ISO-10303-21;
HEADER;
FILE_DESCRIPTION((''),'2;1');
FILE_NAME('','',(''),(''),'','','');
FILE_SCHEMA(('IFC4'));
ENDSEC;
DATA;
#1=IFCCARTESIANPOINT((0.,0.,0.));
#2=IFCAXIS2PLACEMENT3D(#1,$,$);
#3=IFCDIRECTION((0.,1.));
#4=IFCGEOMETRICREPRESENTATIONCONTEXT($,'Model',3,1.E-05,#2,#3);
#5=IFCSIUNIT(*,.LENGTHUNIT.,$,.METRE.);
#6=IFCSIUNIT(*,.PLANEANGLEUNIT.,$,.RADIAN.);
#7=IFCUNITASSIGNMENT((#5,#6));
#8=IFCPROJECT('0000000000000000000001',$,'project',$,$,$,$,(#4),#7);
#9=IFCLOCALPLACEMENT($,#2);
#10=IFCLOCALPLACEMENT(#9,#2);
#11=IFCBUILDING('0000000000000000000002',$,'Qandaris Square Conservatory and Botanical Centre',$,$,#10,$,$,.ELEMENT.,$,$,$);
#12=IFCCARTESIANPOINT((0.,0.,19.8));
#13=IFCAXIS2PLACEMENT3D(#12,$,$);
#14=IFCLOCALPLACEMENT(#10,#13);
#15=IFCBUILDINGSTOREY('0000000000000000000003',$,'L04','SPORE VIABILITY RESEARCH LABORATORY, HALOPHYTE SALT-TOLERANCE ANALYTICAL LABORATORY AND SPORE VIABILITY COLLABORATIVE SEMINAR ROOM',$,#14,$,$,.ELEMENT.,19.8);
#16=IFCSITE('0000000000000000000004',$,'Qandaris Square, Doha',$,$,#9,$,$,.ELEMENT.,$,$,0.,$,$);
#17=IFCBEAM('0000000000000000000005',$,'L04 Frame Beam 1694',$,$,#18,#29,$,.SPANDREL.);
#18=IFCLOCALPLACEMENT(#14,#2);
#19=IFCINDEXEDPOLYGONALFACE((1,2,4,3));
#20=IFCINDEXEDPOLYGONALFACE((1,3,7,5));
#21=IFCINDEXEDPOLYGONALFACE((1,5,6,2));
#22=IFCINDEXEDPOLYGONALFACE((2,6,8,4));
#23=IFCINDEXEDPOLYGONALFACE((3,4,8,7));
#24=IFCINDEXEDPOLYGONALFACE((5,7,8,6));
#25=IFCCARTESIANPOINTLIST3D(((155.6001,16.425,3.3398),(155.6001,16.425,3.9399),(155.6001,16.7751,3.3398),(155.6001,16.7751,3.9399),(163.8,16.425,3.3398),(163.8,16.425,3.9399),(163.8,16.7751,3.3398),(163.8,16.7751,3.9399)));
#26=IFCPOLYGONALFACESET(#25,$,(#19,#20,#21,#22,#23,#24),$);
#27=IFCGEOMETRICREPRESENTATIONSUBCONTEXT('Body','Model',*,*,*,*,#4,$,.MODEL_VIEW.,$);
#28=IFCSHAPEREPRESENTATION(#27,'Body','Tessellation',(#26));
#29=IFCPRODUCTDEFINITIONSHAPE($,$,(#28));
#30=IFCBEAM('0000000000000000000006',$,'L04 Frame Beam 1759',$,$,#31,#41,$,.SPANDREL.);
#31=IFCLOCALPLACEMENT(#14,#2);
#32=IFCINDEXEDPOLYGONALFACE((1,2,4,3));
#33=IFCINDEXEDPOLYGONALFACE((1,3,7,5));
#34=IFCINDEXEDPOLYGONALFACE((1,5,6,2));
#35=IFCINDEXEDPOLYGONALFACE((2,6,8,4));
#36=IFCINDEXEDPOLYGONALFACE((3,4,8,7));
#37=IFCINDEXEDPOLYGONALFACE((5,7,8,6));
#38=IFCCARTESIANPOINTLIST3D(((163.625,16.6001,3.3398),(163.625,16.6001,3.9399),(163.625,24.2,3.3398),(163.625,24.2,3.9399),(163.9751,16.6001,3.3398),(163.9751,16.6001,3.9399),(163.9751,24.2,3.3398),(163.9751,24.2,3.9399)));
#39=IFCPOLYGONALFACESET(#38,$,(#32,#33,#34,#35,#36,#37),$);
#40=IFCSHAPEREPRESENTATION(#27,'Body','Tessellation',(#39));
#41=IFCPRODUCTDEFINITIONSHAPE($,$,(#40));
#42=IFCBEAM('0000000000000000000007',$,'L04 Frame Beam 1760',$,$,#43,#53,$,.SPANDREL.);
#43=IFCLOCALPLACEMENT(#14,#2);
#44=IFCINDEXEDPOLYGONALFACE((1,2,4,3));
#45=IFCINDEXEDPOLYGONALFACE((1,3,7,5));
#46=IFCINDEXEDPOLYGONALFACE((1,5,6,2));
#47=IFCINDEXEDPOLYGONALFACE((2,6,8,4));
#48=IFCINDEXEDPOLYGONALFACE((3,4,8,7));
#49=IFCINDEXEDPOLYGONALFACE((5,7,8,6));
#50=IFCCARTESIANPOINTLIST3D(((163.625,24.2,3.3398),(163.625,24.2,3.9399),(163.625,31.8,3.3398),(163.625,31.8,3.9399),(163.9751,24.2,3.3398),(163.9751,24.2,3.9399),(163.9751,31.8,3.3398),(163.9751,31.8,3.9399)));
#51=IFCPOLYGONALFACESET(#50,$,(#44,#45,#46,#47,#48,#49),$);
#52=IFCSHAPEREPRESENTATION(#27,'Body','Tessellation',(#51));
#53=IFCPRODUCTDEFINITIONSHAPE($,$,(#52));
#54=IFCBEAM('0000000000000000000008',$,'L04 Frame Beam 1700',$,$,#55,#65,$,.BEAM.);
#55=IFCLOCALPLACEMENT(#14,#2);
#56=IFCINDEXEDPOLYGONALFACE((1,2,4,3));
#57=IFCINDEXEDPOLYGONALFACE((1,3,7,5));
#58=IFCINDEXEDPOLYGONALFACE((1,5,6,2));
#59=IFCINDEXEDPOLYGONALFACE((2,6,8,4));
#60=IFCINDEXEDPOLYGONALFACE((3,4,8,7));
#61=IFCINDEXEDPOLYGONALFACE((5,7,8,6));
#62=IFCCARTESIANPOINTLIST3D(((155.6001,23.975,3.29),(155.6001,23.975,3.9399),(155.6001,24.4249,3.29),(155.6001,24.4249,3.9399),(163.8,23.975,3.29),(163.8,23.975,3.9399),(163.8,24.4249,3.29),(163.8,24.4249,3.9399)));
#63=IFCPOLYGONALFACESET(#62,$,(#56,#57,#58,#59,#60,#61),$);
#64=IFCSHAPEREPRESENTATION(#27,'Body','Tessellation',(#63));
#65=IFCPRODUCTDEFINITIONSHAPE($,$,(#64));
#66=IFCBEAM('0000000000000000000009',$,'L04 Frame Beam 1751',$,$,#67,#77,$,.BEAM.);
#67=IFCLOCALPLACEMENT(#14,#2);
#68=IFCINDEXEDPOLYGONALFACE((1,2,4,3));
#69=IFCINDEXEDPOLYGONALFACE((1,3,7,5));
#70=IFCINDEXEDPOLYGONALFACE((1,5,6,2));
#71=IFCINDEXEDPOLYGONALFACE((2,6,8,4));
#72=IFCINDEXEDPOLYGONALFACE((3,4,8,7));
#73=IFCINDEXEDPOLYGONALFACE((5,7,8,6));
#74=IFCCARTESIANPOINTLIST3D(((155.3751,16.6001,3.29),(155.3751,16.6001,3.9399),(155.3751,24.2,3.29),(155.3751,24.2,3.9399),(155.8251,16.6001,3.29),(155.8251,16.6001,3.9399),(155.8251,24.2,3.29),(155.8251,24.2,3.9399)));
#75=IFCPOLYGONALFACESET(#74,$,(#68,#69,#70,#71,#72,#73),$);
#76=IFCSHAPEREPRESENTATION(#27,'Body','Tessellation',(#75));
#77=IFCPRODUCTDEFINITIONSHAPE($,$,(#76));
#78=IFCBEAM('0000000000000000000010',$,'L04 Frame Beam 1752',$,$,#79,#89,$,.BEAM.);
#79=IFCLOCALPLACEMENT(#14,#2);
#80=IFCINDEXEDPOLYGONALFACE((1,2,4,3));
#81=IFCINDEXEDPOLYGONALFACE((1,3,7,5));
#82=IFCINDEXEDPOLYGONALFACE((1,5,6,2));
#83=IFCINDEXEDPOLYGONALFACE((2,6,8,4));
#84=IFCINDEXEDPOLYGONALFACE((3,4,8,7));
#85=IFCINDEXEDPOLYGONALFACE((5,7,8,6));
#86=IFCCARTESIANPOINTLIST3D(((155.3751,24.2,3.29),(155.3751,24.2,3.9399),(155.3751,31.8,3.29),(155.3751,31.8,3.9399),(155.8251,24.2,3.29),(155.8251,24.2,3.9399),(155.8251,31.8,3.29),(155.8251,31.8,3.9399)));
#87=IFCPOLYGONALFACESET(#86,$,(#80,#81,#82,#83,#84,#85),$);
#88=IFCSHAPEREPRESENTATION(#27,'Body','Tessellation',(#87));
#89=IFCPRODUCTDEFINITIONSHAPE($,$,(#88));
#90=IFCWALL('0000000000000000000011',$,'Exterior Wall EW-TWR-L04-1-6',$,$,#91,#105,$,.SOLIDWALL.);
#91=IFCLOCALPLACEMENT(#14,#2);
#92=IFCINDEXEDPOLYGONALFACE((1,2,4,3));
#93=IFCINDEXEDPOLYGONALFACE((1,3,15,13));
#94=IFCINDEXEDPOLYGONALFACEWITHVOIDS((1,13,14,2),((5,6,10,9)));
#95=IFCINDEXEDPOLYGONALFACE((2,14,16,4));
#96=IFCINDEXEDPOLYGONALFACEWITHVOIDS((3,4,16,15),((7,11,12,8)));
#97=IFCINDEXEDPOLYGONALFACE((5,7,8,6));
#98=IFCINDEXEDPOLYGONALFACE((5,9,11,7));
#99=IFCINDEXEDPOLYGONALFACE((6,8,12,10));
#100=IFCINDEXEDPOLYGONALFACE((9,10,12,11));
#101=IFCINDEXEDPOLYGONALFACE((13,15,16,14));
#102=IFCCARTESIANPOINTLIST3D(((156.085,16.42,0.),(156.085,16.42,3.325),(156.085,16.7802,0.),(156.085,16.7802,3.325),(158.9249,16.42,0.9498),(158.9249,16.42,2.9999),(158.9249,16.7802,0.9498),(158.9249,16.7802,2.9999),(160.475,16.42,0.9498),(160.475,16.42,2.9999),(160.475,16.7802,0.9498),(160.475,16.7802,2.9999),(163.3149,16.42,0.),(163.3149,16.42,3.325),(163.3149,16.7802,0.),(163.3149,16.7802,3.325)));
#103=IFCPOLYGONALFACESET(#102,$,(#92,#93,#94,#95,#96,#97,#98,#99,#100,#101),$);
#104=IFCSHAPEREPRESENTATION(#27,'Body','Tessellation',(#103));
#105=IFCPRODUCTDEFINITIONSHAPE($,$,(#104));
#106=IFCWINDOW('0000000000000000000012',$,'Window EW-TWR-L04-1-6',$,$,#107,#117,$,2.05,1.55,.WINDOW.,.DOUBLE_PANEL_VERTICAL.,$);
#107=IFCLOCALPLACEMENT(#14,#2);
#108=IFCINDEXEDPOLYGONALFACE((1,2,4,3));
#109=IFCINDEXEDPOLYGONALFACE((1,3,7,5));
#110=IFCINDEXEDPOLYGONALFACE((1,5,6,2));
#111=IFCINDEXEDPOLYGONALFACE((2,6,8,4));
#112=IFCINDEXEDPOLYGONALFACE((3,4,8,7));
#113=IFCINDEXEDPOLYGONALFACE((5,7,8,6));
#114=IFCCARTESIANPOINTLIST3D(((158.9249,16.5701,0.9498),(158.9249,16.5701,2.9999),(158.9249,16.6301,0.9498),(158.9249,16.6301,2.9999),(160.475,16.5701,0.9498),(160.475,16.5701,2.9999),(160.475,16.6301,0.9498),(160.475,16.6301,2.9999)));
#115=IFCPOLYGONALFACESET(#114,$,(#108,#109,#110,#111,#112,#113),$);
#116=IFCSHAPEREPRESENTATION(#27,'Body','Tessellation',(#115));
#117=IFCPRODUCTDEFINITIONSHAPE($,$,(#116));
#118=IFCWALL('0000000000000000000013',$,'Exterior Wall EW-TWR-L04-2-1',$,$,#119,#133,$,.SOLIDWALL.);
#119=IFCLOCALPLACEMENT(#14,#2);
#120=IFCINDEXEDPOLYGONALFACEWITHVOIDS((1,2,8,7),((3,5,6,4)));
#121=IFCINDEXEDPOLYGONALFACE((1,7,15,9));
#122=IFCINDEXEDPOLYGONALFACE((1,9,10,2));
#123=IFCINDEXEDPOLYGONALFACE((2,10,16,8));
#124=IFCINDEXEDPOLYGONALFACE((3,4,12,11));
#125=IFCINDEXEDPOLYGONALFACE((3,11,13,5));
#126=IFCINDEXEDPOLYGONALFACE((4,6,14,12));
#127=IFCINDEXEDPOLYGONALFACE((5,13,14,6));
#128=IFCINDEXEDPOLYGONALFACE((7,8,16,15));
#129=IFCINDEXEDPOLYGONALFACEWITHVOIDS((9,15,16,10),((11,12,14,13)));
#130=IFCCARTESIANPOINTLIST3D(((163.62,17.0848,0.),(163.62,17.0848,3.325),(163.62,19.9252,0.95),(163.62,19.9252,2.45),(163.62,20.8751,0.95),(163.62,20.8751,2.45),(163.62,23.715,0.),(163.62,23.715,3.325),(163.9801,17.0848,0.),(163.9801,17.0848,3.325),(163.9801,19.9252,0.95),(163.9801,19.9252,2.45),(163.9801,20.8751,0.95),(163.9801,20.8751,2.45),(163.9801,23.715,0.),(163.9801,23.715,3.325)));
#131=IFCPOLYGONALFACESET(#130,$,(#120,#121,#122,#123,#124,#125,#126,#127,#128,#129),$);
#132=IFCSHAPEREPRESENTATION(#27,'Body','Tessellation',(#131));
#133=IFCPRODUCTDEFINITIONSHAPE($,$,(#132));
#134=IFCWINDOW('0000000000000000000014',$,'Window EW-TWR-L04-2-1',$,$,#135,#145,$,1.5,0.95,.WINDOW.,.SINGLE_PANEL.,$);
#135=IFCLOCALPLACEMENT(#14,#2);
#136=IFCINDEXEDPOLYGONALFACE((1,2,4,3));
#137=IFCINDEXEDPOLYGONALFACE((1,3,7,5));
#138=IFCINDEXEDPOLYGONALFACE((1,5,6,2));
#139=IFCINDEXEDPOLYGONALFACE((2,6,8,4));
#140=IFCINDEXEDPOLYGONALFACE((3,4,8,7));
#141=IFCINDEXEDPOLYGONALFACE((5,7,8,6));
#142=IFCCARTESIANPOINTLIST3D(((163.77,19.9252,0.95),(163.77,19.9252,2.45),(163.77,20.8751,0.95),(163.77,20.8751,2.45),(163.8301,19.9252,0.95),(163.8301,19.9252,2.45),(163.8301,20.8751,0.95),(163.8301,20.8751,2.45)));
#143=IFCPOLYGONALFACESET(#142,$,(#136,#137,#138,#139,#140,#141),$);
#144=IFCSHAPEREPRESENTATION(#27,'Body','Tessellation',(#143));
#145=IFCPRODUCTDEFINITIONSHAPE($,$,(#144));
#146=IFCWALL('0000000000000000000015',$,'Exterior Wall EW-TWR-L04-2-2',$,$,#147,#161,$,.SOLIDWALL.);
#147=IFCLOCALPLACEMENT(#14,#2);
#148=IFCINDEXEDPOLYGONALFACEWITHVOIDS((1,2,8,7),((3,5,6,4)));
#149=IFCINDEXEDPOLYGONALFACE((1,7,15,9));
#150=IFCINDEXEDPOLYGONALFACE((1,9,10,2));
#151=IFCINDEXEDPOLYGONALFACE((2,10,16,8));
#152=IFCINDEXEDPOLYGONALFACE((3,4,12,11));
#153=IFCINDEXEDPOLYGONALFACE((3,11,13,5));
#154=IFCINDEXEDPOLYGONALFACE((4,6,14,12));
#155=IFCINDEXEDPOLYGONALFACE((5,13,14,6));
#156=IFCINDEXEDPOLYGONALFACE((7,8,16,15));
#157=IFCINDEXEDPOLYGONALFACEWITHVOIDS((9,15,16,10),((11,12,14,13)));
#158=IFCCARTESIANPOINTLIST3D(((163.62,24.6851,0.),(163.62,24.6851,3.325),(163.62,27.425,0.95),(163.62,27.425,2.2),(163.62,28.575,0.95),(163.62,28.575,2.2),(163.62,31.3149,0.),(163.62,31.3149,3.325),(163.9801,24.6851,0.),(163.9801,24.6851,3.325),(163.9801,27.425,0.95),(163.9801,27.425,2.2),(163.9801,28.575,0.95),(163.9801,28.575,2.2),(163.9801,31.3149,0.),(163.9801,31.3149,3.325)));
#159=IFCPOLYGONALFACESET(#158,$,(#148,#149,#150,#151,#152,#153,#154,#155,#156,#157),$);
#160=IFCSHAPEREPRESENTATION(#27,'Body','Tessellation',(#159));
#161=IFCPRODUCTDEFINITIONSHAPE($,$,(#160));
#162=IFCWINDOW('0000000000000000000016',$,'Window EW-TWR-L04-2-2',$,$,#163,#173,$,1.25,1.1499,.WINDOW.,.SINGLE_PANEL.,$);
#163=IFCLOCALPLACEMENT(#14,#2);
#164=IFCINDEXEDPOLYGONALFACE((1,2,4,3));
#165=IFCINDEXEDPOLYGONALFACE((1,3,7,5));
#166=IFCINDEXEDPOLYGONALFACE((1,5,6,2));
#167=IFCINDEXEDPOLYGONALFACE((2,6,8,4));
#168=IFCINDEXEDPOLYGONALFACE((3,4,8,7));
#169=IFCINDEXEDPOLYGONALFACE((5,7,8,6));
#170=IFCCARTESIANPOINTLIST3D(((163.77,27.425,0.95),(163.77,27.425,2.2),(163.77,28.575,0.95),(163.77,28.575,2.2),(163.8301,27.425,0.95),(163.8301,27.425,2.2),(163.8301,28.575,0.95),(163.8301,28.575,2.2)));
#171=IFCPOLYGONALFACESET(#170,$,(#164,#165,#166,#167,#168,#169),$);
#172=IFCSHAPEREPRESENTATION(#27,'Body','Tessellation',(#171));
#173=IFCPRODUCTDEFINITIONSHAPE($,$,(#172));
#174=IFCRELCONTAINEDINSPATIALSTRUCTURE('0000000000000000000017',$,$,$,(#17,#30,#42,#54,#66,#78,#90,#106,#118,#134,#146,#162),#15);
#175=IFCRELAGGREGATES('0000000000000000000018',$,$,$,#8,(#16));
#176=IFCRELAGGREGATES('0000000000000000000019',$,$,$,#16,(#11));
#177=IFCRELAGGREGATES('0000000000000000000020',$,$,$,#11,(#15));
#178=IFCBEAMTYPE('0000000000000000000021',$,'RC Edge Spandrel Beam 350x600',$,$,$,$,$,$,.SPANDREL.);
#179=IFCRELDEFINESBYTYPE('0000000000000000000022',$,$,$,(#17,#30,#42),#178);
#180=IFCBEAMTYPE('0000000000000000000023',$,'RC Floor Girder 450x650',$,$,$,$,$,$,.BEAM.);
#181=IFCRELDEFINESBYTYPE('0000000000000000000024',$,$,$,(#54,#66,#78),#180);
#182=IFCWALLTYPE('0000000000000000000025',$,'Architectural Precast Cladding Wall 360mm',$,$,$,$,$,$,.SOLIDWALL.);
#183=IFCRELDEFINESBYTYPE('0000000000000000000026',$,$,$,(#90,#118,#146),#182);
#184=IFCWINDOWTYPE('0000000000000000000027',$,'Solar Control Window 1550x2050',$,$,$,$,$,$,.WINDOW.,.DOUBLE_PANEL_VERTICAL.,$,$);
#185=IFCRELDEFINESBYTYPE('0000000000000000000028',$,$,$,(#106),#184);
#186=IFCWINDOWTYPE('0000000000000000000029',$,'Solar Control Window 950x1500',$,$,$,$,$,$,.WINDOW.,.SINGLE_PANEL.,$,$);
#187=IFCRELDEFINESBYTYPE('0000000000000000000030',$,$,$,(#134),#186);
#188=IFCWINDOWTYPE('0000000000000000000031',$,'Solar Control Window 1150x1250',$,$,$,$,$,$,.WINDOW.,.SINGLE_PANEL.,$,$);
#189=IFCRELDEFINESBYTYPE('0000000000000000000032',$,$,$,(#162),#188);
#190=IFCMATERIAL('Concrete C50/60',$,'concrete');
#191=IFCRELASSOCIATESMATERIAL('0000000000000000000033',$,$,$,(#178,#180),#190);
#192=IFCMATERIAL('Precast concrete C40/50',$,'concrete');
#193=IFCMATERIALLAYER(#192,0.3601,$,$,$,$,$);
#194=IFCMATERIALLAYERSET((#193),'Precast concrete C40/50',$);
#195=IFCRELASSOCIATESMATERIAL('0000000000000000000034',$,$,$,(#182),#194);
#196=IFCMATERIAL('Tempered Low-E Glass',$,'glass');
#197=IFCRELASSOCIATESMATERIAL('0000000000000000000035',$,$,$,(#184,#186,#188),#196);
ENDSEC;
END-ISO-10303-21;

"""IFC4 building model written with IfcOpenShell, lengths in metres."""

from ifc_helpers import new_model, si_unit, direction, frame, frame_2d, origin, origin_2d, place, context, subcontext, project, spatial, rectangle, extrude, material, layer, layer_set, material_profile, profile_set, type_object, element, fill, save


model = new_model("IFC4")

# Units and contexts
model_context = context("Model", 3, precision=1e-05, world=origin(), true_north=direction((0.0, 1.0)))
body_context = subcontext(model_context, "Body", "Model", "MODEL_VIEW")
ifc_project = project(units=[si_unit("LENGTHUNIT", "METRE"), si_unit("PLANEANGLEUNIT", "RADIAN")], contexts=[model_context])

# Site, building, storey
site_placement = place(None, origin())
site = spatial("IfcSite", under=ifc_project, at=site_placement, Name="Qandaris Square, Doha", CompositionType="ELEMENT", RefElevation=0.0)
building_placement = place(site_placement, origin())
building = spatial("IfcBuilding", under=site, at=building_placement, Name="Qandaris Square Conservatory and Botanical Centre", CompositionType="ELEMENT")
storey_placement = place(building_placement, frame((0.0, 0.0, 19.8)))
storey = spatial("IfcBuildingStorey", under=building, at=storey_placement, Name="L04", Description="SPORE VIABILITY RESEARCH LABORATORY, HALOPHYTE SALT-TOLERANCE ANALYTICAL LABORATORY AND SPORE VIABILITY COLLABORATIVE SEMINAR ROOM", CompositionType="ELEMENT", Elevation=19.8)

# Shared definitions
ifc_material_1 = material(Name="Concrete C50/60", Category="concrete")

# Beams
ifc_material_profile_1 = material_profile(ifc_material_1, rectangle(XDim=0.3501, YDim=0.6001, at=origin_2d()), Name="RC-SP 350x600")
ifc_profile_set_1 = profile_set([ifc_material_profile_1], Name="Concrete C50/60")
beam_type_1 = type_object("IfcBeamType", Name="RC Edge Spandrel Beam 350x600", PredefinedType="SPANDREL", material=ifc_profile_set_1)
beam_1_placement = place(storey_placement, frame((155.6001, 16.6001, 3.6399), z_axis=(1.0, 0.0, 0.0), x_axis=(0.0, 1.0, 0.0)))
element("IfcBeam", 1, at=beam_1_placement, inside=storey, type_object=beam_type_1, Name="L04 Frame Beam 1694", PredefinedType="SPANDREL", context=body_context, shape_type="SweptSolid", body=[
    extrude(rectangle(XDim=0.3501, YDim=0.6001, at=origin_2d()), origin(), (0.0, 0.0, 1.0), 8.2),
])
beam_2_placement = place(storey_placement, frame((163.8, 16.6001, 3.6399), z_axis=(0.0, 1.0, 0.0), x_axis=(-1.0, 0.0, 0.0)))
element("IfcBeam", 2, at=beam_2_placement, inside=storey, type_object=beam_type_1, Name="L04 Frame Beam 1759", PredefinedType="SPANDREL", context=body_context, shape_type="SweptSolid", body=[
    extrude(rectangle(XDim=0.3501, YDim=0.6001, at=origin_2d()), origin(), (0.0, 0.0, 1.0), 7.5999),
])
beam_3_placement = place(storey_placement, frame((163.8, 24.2, 3.6399), z_axis=(0.0, 1.0, 0.0), x_axis=(-1.0, 0.0, 0.0)))
element("IfcBeam", 3, at=beam_3_placement, inside=storey, type_object=beam_type_1, Name="L04 Frame Beam 1760", PredefinedType="SPANDREL", context=body_context, shape_type="SweptSolid", body=[
    extrude(rectangle(XDim=0.3501, YDim=0.6001, at=origin_2d()), origin(), (0.0, 0.0, 1.0), 7.6001),
])
ifc_material_profile_2 = material_profile(ifc_material_1, rectangle(XDim=0.45, YDim=0.6499, at=origin_2d()), Name="RC-BM 450x650")
ifc_profile_set_2 = profile_set([ifc_material_profile_2], Name="Concrete C50/60")
beam_type_2 = type_object("IfcBeamType", Name="RC Floor Girder 450x650", PredefinedType="BEAM", material=ifc_profile_set_2)
beam_4_placement = place(storey_placement, frame((155.6001, 24.2, 3.615), z_axis=(1.0, 0.0, 0.0), x_axis=(0.0, 1.0, 0.0)))
element("IfcBeam", 4, at=beam_4_placement, inside=storey, type_object=beam_type_2, Name="L04 Frame Beam 1700", PredefinedType="BEAM", context=body_context, shape_type="SweptSolid", body=[
    extrude(rectangle(XDim=0.45, YDim=0.6499, at=origin_2d()), origin(), (0.0, 0.0, 1.0), 8.2),
])
beam_5_placement = place(storey_placement, frame((155.6001, 16.6001, 3.615), z_axis=(0.0, 1.0, 0.0), x_axis=(-1.0, 0.0, 0.0)))
element("IfcBeam", 5, at=beam_5_placement, inside=storey, type_object=beam_type_2, Name="L04 Frame Beam 1751", PredefinedType="BEAM", context=body_context, shape_type="SweptSolid", body=[
    extrude(rectangle(XDim=0.45, YDim=0.6499, at=origin_2d()), origin(), (0.0, 0.0, 1.0), 7.5999),
])
beam_6_placement = place(storey_placement, frame((155.6001, 24.2, 3.615), z_axis=(0.0, 1.0, 0.0), x_axis=(-1.0, 0.0, 0.0)))
element("IfcBeam", 6, at=beam_6_placement, inside=storey, type_object=beam_type_2, Name="L04 Frame Beam 1752", PredefinedType="BEAM", context=body_context, shape_type="SweptSolid", body=[
    extrude(rectangle(XDim=0.45, YDim=0.6499, at=origin_2d()), origin(), (0.0, 0.0, 1.0), 7.6001),
])

# Walls, openings, windows
ifc_material_2 = material(Name="Precast concrete C40/50", Category="concrete")
ifc_layer_1 = layer(ifc_material_2, 0.3601)
ifc_layer_set_1 = layer_set([ifc_layer_1], Name="Precast concrete C40/50")
wall_type_1 = type_object("IfcWallType", Name="Architectural Precast Cladding Wall 360mm", PredefinedType="SOLIDWALL", material=ifc_layer_set_1)
wall_1_placement = place(storey_placement, frame((156.085, 16.6001, 0.0), z_axis=(0.0, 0.0, 1.0), x_axis=(1.0, 0.0, 0.0)))
wall_1 = element("IfcWall", 7, at=wall_1_placement, inside=storey, type_object=wall_type_1, Name="Exterior Wall EW-TWR-L04-1-6", PredefinedType="SOLIDWALL", context=body_context, shape_type="SweptSolid", body=[
    extrude(rectangle(XDim=7.23, YDim=0.3601, at=frame_2d((3.615, 0.0))), origin(), (0.0, 0.0, 1.0), 3.325),
])
opening_1_placement = place(wall_1_placement, frame((2.8401, 0.0, 0.95)))
opening_1 = element("IfcOpeningElement", 8, at=opening_1_placement, cuts=wall_1, PredefinedType="OPENING", context=body_context, shape_type="SweptSolid", body=[
    extrude(rectangle(XDim=1.55, YDim=2.05, at=frame_2d((0.7749, 1.0249))), frame((0.0, 0.1919, 0.0), z_axis=(0.0, -1.0, 0.0), x_axis=(1.0, 0.0, 0.0)), (0.0, 0.0, 1.0), 0.384),
])
ifc_material_3 = material(Name="Tempered Low-E Glass", Category="glass")
window_type_1 = type_object("IfcWindowType", Name="Solar Control Window 1550x2050", PartitioningType="DOUBLE_PANEL_VERTICAL", PredefinedType="WINDOW", material=ifc_material_3)
window_1_placement = place(opening_1_placement, origin())
window_1 = element("IfcWindow", 9, at=window_1_placement, inside=storey, type_object=window_type_1, Name="Window EW-TWR-L04-1-6", OverallHeight=2.05, OverallWidth=1.55, PartitioningType="DOUBLE_PANEL_VERTICAL", PredefinedType="WINDOW", context=body_context, shape_type="SweptSolid", body=[
    extrude(rectangle(XDim=1.55, YDim=2.05, at=frame_2d((0.7749, 1.0249))), frame((0.0, 0.03, 0.0), z_axis=(0.0, -1.0, 0.0), x_axis=(1.0, 0.0, 0.0)), (0.0, 0.0, 1.0), 0.0601),
])
fill(opening_1, window_1)
wall_2_placement = place(storey_placement, frame((163.8, 17.085, 0.0), z_axis=(0.0, 0.0, 1.0), x_axis=(0.0, 1.0, 0.0)))
wall_2 = element("IfcWall", 10, at=wall_2_placement, inside=storey, type_object=wall_type_1, Name="Exterior Wall EW-TWR-L04-2-1", PredefinedType="SOLIDWALL", context=body_context, shape_type="SweptSolid", body=[
    extrude(rectangle(XDim=6.6301, YDim=0.3601, at=frame_2d((3.3149, 0.0))), origin(), (0.0, 0.0, 1.0), 3.325),
])
opening_2_placement = place(wall_2_placement, frame((2.8401, 0.0, 0.95)))
opening_2 = element("IfcOpeningElement", 11, at=opening_2_placement, cuts=wall_2, PredefinedType="OPENING", context=body_context, shape_type="SweptSolid", body=[
    extrude(rectangle(XDim=0.95, YDim=1.5, at=frame_2d((0.4751, 0.75))), frame((0.0, 0.1919, 0.0), z_axis=(0.0, -1.0, 0.0), x_axis=(1.0, 0.0, 0.0)), (0.0, 0.0, 1.0), 0.384),
])
window_type_2 = type_object("IfcWindowType", Name="Solar Control Window 950x1500", PartitioningType="SINGLE_PANEL", PredefinedType="WINDOW", material=ifc_material_3)
window_2_placement = place(opening_2_placement, origin())
window_2 = element("IfcWindow", 12, at=window_2_placement, inside=storey, type_object=window_type_2, Name="Window EW-TWR-L04-2-1", OverallHeight=1.5, OverallWidth=0.95, PartitioningType="SINGLE_PANEL", PredefinedType="WINDOW", context=body_context, shape_type="SweptSolid", body=[
    extrude(rectangle(XDim=0.95, YDim=1.5, at=frame_2d((0.4751, 0.75))), frame((0.0, 0.03, 0.0), z_axis=(0.0, -1.0, 0.0), x_axis=(1.0, 0.0, 0.0)), (0.0, 0.0, 1.0), 0.0601),
])
fill(opening_2, window_2)
wall_3_placement = place(storey_placement, frame((163.8, 24.6851, 0.0), z_axis=(0.0, 0.0, 1.0), x_axis=(0.0, 1.0, 0.0)))
wall_3 = element("IfcWall", 13, at=wall_3_placement, inside=storey, type_object=wall_type_1, Name="Exterior Wall EW-TWR-L04-2-2", PredefinedType="SOLIDWALL", context=body_context, shape_type="SweptSolid", body=[
    extrude(rectangle(XDim=6.6299, YDim=0.3601, at=frame_2d((3.3149, 0.0))), origin(), (0.0, 0.0, 1.0), 3.325),
])
opening_3_placement = place(wall_3_placement, frame((2.74, 0.0, 0.95)))
opening_3 = element("IfcOpeningElement", 14, at=opening_3_placement, cuts=wall_3, PredefinedType="OPENING", context=body_context, shape_type="SweptSolid", body=[
    extrude(rectangle(XDim=1.1499, YDim=1.25, at=frame_2d((0.575, 0.625))), frame((0.0, 0.1919, 0.0), z_axis=(0.0, -1.0, 0.0), x_axis=(1.0, 0.0, 0.0)), (0.0, 0.0, 1.0), 0.384),
])
window_type_3 = type_object("IfcWindowType", Name="Solar Control Window 1150x1250", PartitioningType="SINGLE_PANEL", PredefinedType="WINDOW", material=ifc_material_3)
window_3_placement = place(opening_3_placement, origin())
window_3 = element("IfcWindow", 15, at=window_3_placement, inside=storey, type_object=window_type_3, Name="Window EW-TWR-L04-2-2", OverallHeight=1.25, OverallWidth=1.1499, PartitioningType="SINGLE_PANEL", PredefinedType="WINDOW", context=body_context, shape_type="SweptSolid", body=[
    extrude(rectangle(XDim=1.1499, YDim=1.25, at=frame_2d((0.575, 0.625))), frame((0.0, 0.03, 0.0), z_axis=(0.0, -1.0, 0.0), x_axis=(1.0, 0.0, 0.0)), (0.0, 0.0, 1.0), 0.0601),
])
fill(opening_3, window_3)

save(model, "model.ifc")
